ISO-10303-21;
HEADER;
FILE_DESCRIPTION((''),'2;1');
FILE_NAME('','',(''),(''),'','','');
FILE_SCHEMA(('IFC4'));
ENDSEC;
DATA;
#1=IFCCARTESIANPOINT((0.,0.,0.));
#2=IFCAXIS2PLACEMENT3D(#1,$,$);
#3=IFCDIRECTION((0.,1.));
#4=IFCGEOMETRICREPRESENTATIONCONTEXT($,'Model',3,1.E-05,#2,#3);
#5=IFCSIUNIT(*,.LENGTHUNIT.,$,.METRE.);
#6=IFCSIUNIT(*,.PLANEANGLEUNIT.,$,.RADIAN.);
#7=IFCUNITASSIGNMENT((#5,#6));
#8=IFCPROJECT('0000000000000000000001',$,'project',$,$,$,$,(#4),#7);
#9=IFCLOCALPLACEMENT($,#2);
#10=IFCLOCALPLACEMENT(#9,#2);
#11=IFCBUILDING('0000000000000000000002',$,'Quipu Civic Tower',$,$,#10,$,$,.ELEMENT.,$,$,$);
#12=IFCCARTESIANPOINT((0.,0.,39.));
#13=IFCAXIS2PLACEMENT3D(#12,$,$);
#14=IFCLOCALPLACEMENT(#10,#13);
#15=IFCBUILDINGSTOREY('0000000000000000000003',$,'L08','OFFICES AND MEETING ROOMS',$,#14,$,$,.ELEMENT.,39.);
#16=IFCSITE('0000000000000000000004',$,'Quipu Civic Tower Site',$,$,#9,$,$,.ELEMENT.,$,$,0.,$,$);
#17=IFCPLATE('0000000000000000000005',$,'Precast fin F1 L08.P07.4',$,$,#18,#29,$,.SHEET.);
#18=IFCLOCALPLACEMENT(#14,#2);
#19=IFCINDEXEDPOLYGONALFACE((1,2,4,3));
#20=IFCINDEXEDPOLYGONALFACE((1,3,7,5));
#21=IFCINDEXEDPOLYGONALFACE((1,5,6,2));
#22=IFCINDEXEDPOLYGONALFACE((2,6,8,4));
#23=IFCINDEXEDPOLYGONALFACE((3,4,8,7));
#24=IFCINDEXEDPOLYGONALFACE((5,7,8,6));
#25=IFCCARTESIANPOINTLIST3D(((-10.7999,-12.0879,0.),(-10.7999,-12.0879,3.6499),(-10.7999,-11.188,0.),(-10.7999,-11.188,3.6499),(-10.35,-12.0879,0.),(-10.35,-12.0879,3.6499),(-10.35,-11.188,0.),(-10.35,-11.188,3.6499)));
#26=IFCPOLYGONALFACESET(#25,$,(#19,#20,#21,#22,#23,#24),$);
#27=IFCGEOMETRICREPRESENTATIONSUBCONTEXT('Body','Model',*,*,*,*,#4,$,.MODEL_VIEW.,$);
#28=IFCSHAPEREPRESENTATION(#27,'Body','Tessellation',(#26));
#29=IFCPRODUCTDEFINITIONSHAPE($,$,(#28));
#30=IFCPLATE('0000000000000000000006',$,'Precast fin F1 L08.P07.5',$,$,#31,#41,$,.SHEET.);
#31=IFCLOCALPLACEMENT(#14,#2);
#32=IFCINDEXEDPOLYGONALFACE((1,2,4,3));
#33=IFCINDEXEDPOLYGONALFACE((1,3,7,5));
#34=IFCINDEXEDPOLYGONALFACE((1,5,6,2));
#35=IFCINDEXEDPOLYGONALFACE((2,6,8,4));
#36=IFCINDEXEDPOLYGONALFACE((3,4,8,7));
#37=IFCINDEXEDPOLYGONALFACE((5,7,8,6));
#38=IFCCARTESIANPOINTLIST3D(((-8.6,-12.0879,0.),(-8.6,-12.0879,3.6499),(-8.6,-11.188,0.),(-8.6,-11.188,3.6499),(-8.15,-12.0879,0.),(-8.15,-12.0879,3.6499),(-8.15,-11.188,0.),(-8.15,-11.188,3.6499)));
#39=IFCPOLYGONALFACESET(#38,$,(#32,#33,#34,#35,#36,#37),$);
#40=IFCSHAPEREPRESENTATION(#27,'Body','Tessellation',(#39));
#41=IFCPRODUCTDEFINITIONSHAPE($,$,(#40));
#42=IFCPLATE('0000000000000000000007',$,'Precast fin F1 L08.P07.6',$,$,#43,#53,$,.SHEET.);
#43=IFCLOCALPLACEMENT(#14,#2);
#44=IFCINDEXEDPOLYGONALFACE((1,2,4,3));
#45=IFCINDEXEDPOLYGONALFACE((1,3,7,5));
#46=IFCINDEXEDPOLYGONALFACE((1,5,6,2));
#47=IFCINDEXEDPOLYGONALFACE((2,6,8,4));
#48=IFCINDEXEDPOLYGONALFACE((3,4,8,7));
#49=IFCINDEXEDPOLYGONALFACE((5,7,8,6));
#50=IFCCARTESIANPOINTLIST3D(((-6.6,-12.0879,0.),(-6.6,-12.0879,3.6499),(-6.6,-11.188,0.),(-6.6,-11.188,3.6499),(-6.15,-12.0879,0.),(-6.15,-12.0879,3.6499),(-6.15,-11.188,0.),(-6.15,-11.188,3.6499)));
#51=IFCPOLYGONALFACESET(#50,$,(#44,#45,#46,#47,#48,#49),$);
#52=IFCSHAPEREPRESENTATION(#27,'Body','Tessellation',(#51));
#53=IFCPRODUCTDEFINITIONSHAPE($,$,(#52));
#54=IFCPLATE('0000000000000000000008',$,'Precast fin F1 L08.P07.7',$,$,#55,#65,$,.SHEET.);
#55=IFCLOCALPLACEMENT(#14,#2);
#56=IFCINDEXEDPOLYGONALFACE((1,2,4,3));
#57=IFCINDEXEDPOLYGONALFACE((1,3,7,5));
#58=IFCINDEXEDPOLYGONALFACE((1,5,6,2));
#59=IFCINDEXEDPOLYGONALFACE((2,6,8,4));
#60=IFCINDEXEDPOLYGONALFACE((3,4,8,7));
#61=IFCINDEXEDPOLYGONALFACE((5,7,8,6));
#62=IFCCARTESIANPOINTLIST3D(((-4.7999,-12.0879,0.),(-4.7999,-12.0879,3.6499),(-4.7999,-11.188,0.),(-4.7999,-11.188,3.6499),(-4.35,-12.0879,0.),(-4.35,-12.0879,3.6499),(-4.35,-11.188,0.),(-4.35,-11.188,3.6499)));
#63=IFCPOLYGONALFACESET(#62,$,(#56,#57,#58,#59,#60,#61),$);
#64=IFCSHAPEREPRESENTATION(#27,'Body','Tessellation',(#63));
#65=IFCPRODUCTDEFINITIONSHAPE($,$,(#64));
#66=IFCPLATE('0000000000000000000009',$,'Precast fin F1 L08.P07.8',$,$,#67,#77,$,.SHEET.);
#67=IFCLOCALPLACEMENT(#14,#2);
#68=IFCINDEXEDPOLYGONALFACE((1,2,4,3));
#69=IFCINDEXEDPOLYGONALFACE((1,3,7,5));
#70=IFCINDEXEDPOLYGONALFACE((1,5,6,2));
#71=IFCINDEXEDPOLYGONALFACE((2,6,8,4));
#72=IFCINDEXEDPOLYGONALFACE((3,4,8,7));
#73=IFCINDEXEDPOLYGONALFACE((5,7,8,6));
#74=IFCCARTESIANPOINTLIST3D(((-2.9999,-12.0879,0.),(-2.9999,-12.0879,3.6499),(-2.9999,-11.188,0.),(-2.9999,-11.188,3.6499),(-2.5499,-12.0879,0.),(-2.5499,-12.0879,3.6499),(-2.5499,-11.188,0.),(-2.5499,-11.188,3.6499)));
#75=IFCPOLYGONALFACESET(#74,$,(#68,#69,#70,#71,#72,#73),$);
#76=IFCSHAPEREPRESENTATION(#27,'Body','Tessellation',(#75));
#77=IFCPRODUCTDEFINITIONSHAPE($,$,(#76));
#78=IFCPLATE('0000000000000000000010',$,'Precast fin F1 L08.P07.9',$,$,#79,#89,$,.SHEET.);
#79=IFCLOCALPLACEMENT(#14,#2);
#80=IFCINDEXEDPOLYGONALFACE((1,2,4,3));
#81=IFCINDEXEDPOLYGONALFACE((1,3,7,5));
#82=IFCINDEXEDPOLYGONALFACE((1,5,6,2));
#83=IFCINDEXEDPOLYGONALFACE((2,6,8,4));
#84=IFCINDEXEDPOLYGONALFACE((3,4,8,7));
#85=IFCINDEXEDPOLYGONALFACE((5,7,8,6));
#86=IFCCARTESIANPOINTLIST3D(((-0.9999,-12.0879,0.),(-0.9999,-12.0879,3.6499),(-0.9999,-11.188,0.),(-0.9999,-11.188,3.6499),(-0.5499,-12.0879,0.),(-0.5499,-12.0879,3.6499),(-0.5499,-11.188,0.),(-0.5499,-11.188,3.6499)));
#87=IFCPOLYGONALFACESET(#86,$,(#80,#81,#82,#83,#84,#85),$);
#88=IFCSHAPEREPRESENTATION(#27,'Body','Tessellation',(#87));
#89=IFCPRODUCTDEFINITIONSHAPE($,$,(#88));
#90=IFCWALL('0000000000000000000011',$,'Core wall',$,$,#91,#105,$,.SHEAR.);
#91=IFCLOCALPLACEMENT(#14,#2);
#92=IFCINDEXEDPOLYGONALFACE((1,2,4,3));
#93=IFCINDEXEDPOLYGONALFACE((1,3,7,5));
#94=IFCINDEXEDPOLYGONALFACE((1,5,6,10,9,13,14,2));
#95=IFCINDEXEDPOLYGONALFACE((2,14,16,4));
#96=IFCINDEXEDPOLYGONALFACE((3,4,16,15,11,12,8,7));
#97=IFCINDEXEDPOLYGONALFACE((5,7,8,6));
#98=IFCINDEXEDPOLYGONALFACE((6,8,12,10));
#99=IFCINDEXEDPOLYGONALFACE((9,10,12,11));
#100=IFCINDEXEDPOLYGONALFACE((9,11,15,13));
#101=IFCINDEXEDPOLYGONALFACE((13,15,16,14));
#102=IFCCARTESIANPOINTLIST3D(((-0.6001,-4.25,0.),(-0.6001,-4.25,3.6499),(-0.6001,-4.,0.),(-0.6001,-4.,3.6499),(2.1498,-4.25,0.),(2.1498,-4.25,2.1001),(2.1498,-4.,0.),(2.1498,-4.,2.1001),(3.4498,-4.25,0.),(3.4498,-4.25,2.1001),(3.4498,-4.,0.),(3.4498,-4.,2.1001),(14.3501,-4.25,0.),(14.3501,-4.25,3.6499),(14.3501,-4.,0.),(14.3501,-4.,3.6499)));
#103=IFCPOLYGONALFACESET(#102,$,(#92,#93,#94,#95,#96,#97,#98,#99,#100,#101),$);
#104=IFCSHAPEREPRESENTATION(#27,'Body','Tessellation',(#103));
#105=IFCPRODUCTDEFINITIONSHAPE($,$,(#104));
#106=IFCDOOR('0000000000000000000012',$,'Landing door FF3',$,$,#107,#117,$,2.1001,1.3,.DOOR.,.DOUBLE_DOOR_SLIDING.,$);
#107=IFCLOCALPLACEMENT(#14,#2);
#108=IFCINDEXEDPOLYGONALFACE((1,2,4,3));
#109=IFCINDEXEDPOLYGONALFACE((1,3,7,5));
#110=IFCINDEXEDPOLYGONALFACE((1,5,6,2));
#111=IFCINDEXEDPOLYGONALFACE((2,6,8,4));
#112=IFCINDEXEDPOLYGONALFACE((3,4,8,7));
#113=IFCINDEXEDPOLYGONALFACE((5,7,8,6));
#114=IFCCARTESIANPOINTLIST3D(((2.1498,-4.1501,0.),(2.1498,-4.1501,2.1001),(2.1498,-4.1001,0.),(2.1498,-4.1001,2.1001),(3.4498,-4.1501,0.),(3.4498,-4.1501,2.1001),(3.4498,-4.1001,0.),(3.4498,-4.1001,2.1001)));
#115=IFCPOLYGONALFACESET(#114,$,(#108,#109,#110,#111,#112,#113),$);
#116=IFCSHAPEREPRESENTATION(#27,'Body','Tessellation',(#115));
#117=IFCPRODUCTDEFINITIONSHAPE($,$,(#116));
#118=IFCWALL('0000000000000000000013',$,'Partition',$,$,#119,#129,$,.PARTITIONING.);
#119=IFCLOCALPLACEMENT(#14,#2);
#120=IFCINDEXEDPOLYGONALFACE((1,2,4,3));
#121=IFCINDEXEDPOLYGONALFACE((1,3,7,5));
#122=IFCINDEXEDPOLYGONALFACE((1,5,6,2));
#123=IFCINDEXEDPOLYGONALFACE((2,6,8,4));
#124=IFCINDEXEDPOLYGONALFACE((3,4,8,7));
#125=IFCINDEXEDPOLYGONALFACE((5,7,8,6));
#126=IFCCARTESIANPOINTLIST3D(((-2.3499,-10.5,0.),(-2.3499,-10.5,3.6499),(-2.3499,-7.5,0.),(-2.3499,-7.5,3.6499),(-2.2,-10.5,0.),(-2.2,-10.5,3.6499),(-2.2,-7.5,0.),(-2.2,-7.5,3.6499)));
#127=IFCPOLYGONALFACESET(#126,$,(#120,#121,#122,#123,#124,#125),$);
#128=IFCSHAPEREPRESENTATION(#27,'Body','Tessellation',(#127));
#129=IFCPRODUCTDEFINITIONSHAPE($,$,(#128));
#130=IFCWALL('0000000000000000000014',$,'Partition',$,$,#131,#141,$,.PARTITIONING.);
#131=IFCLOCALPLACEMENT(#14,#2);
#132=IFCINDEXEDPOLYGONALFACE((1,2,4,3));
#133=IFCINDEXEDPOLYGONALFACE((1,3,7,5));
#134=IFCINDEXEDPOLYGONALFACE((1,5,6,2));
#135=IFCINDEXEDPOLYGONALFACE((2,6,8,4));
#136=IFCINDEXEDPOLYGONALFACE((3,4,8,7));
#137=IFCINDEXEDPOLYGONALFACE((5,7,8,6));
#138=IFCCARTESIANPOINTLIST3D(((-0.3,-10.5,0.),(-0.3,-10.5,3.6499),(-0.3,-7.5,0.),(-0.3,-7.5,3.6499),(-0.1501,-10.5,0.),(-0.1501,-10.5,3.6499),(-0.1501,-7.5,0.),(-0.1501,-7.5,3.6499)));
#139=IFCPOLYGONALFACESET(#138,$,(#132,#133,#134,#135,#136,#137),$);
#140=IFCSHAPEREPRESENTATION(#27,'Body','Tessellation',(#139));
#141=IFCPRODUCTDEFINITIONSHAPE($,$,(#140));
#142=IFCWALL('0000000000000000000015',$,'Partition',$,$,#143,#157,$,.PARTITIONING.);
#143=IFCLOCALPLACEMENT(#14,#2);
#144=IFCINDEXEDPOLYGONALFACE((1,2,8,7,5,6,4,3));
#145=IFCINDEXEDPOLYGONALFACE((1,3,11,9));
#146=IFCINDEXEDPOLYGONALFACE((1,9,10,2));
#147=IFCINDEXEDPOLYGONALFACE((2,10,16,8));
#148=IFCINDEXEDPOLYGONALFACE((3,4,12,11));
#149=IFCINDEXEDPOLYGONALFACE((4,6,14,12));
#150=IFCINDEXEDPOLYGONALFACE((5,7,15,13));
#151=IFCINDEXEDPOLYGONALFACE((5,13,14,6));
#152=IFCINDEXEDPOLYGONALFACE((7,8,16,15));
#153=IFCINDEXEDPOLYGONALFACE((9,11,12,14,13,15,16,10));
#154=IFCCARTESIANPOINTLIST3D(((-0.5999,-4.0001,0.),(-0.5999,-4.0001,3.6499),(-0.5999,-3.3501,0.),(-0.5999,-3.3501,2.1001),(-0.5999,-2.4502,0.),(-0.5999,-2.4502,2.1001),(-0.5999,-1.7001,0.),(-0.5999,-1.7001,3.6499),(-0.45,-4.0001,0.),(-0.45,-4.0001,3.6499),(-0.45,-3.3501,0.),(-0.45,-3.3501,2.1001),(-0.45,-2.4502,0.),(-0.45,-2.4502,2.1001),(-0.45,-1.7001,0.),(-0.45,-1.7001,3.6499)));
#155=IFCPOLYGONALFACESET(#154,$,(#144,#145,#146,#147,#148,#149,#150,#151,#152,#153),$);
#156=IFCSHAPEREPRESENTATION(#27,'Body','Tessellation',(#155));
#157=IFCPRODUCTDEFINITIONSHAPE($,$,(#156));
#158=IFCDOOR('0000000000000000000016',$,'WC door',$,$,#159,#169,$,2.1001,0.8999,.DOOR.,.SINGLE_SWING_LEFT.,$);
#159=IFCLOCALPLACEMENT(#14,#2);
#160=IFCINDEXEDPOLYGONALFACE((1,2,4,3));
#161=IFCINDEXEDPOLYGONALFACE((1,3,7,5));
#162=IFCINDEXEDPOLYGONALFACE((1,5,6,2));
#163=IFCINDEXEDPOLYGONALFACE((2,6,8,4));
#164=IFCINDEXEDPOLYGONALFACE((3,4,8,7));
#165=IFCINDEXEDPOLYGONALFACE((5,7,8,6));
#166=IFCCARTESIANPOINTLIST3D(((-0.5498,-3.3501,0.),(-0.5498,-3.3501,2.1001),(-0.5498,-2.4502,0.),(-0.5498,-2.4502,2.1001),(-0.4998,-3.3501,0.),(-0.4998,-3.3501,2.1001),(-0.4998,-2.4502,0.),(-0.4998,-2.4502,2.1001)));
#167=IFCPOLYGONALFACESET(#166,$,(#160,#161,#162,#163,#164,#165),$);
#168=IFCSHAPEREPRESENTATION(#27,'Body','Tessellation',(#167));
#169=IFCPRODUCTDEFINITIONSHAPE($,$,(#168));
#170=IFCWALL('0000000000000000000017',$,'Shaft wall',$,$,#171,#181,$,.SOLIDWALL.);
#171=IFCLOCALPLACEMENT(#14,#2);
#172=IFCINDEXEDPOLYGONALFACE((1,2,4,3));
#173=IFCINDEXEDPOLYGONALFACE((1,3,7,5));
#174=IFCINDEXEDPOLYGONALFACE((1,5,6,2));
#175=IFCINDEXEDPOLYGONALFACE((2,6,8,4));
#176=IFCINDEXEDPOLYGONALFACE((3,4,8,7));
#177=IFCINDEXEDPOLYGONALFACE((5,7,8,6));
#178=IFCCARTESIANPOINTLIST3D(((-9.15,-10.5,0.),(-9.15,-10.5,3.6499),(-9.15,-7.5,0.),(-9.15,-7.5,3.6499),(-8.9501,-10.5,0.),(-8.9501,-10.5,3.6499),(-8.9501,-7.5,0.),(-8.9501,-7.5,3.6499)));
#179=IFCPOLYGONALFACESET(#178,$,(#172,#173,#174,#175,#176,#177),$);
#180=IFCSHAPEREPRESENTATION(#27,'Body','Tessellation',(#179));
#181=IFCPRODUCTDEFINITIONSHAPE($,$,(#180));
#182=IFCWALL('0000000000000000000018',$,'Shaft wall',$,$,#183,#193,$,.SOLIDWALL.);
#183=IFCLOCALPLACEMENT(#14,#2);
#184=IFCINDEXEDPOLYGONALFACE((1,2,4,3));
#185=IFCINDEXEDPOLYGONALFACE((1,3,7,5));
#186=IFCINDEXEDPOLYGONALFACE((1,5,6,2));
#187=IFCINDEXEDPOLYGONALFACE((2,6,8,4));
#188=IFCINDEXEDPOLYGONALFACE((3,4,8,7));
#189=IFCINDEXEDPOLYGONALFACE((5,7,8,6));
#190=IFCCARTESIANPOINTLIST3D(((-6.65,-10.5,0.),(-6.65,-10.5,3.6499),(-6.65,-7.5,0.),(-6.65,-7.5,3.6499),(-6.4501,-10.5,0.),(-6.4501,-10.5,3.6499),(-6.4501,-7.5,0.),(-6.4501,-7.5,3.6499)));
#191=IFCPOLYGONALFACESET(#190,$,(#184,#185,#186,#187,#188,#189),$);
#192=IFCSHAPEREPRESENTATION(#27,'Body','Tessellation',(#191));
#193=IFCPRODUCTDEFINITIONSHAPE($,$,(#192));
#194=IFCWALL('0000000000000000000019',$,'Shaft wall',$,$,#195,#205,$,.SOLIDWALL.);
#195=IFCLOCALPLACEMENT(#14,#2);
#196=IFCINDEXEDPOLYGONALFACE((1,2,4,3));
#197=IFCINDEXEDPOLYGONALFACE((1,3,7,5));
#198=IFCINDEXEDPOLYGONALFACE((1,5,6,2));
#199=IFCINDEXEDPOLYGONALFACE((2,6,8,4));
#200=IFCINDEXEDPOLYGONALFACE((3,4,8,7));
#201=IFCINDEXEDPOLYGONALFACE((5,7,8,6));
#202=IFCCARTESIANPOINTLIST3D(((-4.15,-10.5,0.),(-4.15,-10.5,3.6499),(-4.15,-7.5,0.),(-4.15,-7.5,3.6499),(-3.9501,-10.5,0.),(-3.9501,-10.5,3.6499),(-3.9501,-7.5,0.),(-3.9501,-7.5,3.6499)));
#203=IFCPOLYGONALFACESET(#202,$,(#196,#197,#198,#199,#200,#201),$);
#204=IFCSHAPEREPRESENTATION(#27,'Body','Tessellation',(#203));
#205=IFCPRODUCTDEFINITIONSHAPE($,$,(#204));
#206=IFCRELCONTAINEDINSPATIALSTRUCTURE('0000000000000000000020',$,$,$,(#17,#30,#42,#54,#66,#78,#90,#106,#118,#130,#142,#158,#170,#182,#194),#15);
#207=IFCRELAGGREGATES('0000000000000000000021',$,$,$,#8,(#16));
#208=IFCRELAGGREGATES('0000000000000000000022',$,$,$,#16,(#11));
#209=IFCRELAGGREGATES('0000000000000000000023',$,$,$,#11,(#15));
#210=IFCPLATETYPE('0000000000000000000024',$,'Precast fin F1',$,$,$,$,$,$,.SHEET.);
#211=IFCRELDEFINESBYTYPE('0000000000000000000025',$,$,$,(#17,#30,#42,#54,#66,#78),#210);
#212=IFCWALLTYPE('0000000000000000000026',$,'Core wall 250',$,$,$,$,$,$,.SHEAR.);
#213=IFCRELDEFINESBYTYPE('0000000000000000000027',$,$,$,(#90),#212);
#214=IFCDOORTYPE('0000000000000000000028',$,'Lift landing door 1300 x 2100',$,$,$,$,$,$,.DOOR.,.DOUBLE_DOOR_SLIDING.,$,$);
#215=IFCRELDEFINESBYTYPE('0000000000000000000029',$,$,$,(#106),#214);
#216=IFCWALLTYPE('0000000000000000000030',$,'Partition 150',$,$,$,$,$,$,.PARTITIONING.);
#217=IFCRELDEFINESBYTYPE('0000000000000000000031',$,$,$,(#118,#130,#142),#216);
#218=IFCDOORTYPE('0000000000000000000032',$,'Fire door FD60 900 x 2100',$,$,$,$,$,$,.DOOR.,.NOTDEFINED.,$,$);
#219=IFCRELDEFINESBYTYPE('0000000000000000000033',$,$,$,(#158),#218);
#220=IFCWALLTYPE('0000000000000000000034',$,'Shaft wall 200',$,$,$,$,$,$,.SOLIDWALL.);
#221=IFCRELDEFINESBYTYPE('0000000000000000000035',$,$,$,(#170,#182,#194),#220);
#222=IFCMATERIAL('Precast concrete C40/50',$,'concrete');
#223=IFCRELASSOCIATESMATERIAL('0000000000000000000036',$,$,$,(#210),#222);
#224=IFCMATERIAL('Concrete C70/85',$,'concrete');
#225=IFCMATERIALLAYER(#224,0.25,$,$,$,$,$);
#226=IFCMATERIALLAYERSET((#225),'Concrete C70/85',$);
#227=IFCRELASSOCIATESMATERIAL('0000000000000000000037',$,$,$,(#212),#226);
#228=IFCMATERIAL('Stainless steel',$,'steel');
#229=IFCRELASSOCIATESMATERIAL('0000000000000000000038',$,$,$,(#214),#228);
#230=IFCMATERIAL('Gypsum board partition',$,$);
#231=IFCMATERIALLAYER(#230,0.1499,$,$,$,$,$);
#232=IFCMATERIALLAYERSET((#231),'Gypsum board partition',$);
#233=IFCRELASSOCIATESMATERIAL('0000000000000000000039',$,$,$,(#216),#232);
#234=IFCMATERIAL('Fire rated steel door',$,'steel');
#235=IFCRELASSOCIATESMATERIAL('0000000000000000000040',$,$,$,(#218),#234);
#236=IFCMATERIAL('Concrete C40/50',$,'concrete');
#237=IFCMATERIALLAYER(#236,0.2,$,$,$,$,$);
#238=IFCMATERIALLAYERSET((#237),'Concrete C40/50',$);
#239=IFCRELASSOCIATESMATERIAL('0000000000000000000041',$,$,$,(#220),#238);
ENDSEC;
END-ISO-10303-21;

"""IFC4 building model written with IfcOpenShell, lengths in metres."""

from ifc_helpers import new_model, si_unit, direction, frame, frame_2d, origin, origin_2d, place, context, subcontext, project, spatial, rectangle, extrude, material, layer, layer_set, type_object, element, fill, save


model = new_model("IFC4")

# Units and contexts
model_context = context("Model", 3, precision=1e-05, world=origin(), true_north=direction((0.0, 1.0)))
body_context = subcontext(model_context, "Body", "Model", "MODEL_VIEW")
ifc_project = project(units=[si_unit("LENGTHUNIT", "METRE"), si_unit("PLANEANGLEUNIT", "RADIAN")], contexts=[model_context])

# Site, building, storey
site_placement = place(None, origin())
site = spatial("IfcSite", under=ifc_project, at=site_placement, Name="Quipu Civic Tower Site", CompositionType="ELEMENT", RefElevation=0.0)
building_placement = place(site_placement, origin())
building = spatial("IfcBuilding", under=site, at=building_placement, Name="Quipu Civic Tower", CompositionType="ELEMENT")
storey_placement = place(building_placement, frame((0.0, 0.0, 39.0)))
storey = spatial("IfcBuildingStorey", under=building, at=storey_placement, Name="L08", Description="OFFICES AND MEETING ROOMS", CompositionType="ELEMENT", Elevation=39.0)

# Plates
ifc_material_1 = material(Name="Precast concrete C40/50", Category="concrete")
plate_type = type_object("IfcPlateType", Name="Precast fin F1", PredefinedType="SHEET", material=ifc_material_1)
for number, where, z_axis, x_axis, name in (
    (1, (-10.575, -11.6379, 0.0), (0.0, 0.0, 1.0), (1.0, 0.0, 0.0), "Precast fin F1 L08.P07.4"),
    (2, (-8.375, -11.6379, 0.0), (0.0, 0.0, 1.0), (1.0, 0.0, 0.0), "Precast fin F1 L08.P07.5"),
    (3, (-6.375, -11.6379, 0.0), (0.0, 0.0, 1.0), (1.0, 0.0, 0.0), "Precast fin F1 L08.P07.6"),
    (4, (-4.575, -11.6379, 0.0), (0.0, 0.0, 1.0), (1.0, 0.0, 0.0), "Precast fin F1 L08.P07.7"),
    (5, (-2.7749, -11.6379, 0.0), (0.0, 0.0, 1.0), (1.0, 0.0, 0.0), "Precast fin F1 L08.P07.8"),
    (6, (-0.7749, -11.6379, 0.0), (0.0, 0.0, 1.0), (1.0, 0.0, 0.0), "Precast fin F1 L08.P07.9"),
):
    element("IfcPlate", number, at=place(storey_placement, frame(where, z_axis=z_axis, x_axis=x_axis)), inside=storey, type_object=plate_type, Name=name, PredefinedType="SHEET", context=body_context, shape_type="SweptSolid", body=[
        extrude(rectangle(XDim=0.45, YDim=0.8999, at=origin_2d()), origin(), (0.0, 0.0, 1.0), 3.6499),
    ])

# Wall, opening, door
ifc_material_2 = material(Name="Concrete C70/85", Category="concrete")
ifc_layer_1 = layer(ifc_material_2, 0.25)
ifc_layer_set_1 = layer_set([ifc_layer_1], Name="Concrete C70/85")
wall_type_1 = type_object("IfcWallType", Name="Core wall 250", PredefinedType="SHEAR", material=ifc_layer_set_1)
wall_1_placement = place(storey_placement, frame((-0.6001, -4.125, 0.0), z_axis=(0.0, 0.0, 1.0), x_axis=(1.0, 0.0, 0.0)))
wall_1 = element("IfcWall", 7, at=wall_1_placement, inside=storey, type_object=wall_type_1, Name="Core wall", PredefinedType="SHEAR", context=body_context, shape_type="SweptSolid", body=[
    extrude(rectangle(XDim=14.9502, YDim=0.25, at=frame_2d((7.4751, 0.0))), origin(), (0.0, 0.0, 1.0), 3.6499),
])
opening_1_placement = place(wall_1_placement, frame((2.75, 0.0, 0.0)))
opening_1 = element("IfcOpeningElement", 8, at=opening_1_placement, cuts=wall_1, PredefinedType="OPENING", context=body_context, shape_type="SweptSolid", body=[
    extrude(rectangle(XDim=1.3, YDim=2.1001, at=frame_2d((0.6499, 1.05))), frame((0.0, 0.135, 0.0), z_axis=(0.0, -1.0, 0.0), x_axis=(1.0, 0.0, 0.0)), (0.0, 0.0, 1.0), 0.27),
])
ifc_material_3 = material(Name="Stainless steel", Category="steel")
door_type_1 = type_object("IfcDoorType", Name="Lift landing door 1300 x 2100", OperationType="DOUBLE_DOOR_SLIDING", PredefinedType="DOOR", material=ifc_material_3)
door_1_placement = place(opening_1_placement, origin())
door_1 = element("IfcDoor", 9, at=door_1_placement, inside=storey, type_object=door_type_1, Name="Landing door FF3", OperationType="DOUBLE_DOOR_SLIDING", OverallHeight=2.1001, OverallWidth=1.3, PredefinedType="DOOR", context=body_context, shape_type="SweptSolid", body=[
    extrude(rectangle(XDim=1.3, YDim=2.1001, at=frame_2d((0.6499, 1.05))), frame((0.0, 0.0249, 0.0), z_axis=(0.0, -1.0, 0.0), x_axis=(1.0, 0.0, 0.0)), (0.0, 0.0, 1.0), 0.05),
])
fill(opening_1, door_1)

# Walls
ifc_material_4 = material(Name="Gypsum board partition")
ifc_layer_2 = layer(ifc_material_4, 0.1499)
ifc_layer_set_2 = layer_set([ifc_layer_2], Name="Gypsum board partition")
wall_type_2 = type_object("IfcWallType", Name="Partition 150", PredefinedType="PARTITIONING", material=ifc_layer_set_2)
for number, where, z_axis, x_axis, name in (
    (10, (-2.2749, -10.5, 0.0), (0.0, 0.0, 1.0), (0.0, 1.0, 0.0), "Partition"),
    (11, (-0.2251, -10.5, 0.0), (0.0, 0.0, 1.0), (0.0, 1.0, 0.0), "Partition"),
):
    element("IfcWall", number, at=place(storey_placement, frame(where, z_axis=z_axis, x_axis=x_axis)), inside=storey, type_object=wall_type_2, Name=name, PredefinedType="PARTITIONING", context=body_context, shape_type="SweptSolid", body=[
        extrude(rectangle(XDim=3.0, YDim=0.1499, at=frame_2d((1.5, 0.0))), origin(), (0.0, 0.0, 1.0), 3.6499),
    ])

# Wall, opening, door
wall_2_placement = place(storey_placement, frame((-0.5249, -4.0, 0.0), z_axis=(0.0, 0.0, 1.0), x_axis=(0.0, 1.0, 0.0)))
wall_2 = element("IfcWall", 12, at=wall_2_placement, inside=storey, type_object=wall_type_2, Name="Partition", PredefinedType="PARTITIONING", context=body_context, shape_type="SweptSolid", body=[
    extrude(rectangle(XDim=2.3, YDim=0.1499, at=frame_2d((1.1499, 0.0))), origin(), (0.0, 0.0, 1.0), 3.6499),
])
opening_2_placement = place(wall_2_placement, frame((0.6499, 0.0, 0.0)))
opening_2 = element("IfcOpeningElement", 13, at=opening_2_placement, cuts=wall_2, PredefinedType="OPENING", context=body_context, shape_type="SweptSolid", body=[
    extrude(rectangle(XDim=0.8999, YDim=2.1001, at=frame_2d((0.45, 1.05))), frame((0.0, 0.085, 0.0), z_axis=(0.0, -1.0, 0.0), x_axis=(1.0, 0.0, 0.0)), (0.0, 0.0, 1.0), 0.1699),
])
ifc_material_5 = material(Name="Fire rated steel door", Category="steel")
door_type_2 = type_object("IfcDoorType", Name="Fire door FD60 900 x 2100", OperationType="NOTDEFINED", PredefinedType="DOOR", material=ifc_material_5)
door_2_placement = place(opening_2_placement, origin())
door_2 = element("IfcDoor", 14, at=door_2_placement, inside=storey, type_object=door_type_2, Name="WC door", OperationType="SINGLE_SWING_LEFT", OverallHeight=2.1001, OverallWidth=0.8999, PredefinedType="DOOR", context=body_context, shape_type="SweptSolid", body=[
    extrude(rectangle(XDim=0.8999, YDim=2.1001, at=frame_2d((0.45, 1.05))), frame((0.0, 0.0249, 0.0), z_axis=(0.0, -1.0, 0.0), x_axis=(1.0, 0.0, 0.0)), (0.0, 0.0, 1.0), 0.05),
])
fill(opening_2, door_2)

# Walls
ifc_material_6 = material(Name="Concrete C40/50", Category="concrete")
ifc_layer_3 = layer(ifc_material_6, 0.2)
ifc_layer_set_3 = layer_set([ifc_layer_3], Name="Concrete C40/50")
wall_type_3 = type_object("IfcWallType", Name="Shaft wall 200", PredefinedType="SOLIDWALL", material=ifc_layer_set_3)
for number, where, z_axis, x_axis, name in (
    (15, (-9.05, -10.5, 0.0), (0.0, 0.0, 1.0), (0.0, 1.0, 0.0), "Shaft wall"),
    (16, (-6.55, -10.5, 0.0), (0.0, 0.0, 1.0), (0.0, 1.0, 0.0), "Shaft wall"),
    (17, (-4.05, -10.5, 0.0), (0.0, 0.0, 1.0), (0.0, 1.0, 0.0), "Shaft wall"),
):
    element("IfcWall", number, at=place(storey_placement, frame(where, z_axis=z_axis, x_axis=x_axis)), inside=storey, type_object=wall_type_3, Name=name, PredefinedType="SOLIDWALL", context=body_context, shape_type="SweptSolid", body=[
        extrude(rectangle(XDim=3.0, YDim=0.2, at=frame_2d((1.5, 0.0))), origin(), (0.0, 0.0, 1.0), 3.6499),
    ])

save(model, "model.ifc")
